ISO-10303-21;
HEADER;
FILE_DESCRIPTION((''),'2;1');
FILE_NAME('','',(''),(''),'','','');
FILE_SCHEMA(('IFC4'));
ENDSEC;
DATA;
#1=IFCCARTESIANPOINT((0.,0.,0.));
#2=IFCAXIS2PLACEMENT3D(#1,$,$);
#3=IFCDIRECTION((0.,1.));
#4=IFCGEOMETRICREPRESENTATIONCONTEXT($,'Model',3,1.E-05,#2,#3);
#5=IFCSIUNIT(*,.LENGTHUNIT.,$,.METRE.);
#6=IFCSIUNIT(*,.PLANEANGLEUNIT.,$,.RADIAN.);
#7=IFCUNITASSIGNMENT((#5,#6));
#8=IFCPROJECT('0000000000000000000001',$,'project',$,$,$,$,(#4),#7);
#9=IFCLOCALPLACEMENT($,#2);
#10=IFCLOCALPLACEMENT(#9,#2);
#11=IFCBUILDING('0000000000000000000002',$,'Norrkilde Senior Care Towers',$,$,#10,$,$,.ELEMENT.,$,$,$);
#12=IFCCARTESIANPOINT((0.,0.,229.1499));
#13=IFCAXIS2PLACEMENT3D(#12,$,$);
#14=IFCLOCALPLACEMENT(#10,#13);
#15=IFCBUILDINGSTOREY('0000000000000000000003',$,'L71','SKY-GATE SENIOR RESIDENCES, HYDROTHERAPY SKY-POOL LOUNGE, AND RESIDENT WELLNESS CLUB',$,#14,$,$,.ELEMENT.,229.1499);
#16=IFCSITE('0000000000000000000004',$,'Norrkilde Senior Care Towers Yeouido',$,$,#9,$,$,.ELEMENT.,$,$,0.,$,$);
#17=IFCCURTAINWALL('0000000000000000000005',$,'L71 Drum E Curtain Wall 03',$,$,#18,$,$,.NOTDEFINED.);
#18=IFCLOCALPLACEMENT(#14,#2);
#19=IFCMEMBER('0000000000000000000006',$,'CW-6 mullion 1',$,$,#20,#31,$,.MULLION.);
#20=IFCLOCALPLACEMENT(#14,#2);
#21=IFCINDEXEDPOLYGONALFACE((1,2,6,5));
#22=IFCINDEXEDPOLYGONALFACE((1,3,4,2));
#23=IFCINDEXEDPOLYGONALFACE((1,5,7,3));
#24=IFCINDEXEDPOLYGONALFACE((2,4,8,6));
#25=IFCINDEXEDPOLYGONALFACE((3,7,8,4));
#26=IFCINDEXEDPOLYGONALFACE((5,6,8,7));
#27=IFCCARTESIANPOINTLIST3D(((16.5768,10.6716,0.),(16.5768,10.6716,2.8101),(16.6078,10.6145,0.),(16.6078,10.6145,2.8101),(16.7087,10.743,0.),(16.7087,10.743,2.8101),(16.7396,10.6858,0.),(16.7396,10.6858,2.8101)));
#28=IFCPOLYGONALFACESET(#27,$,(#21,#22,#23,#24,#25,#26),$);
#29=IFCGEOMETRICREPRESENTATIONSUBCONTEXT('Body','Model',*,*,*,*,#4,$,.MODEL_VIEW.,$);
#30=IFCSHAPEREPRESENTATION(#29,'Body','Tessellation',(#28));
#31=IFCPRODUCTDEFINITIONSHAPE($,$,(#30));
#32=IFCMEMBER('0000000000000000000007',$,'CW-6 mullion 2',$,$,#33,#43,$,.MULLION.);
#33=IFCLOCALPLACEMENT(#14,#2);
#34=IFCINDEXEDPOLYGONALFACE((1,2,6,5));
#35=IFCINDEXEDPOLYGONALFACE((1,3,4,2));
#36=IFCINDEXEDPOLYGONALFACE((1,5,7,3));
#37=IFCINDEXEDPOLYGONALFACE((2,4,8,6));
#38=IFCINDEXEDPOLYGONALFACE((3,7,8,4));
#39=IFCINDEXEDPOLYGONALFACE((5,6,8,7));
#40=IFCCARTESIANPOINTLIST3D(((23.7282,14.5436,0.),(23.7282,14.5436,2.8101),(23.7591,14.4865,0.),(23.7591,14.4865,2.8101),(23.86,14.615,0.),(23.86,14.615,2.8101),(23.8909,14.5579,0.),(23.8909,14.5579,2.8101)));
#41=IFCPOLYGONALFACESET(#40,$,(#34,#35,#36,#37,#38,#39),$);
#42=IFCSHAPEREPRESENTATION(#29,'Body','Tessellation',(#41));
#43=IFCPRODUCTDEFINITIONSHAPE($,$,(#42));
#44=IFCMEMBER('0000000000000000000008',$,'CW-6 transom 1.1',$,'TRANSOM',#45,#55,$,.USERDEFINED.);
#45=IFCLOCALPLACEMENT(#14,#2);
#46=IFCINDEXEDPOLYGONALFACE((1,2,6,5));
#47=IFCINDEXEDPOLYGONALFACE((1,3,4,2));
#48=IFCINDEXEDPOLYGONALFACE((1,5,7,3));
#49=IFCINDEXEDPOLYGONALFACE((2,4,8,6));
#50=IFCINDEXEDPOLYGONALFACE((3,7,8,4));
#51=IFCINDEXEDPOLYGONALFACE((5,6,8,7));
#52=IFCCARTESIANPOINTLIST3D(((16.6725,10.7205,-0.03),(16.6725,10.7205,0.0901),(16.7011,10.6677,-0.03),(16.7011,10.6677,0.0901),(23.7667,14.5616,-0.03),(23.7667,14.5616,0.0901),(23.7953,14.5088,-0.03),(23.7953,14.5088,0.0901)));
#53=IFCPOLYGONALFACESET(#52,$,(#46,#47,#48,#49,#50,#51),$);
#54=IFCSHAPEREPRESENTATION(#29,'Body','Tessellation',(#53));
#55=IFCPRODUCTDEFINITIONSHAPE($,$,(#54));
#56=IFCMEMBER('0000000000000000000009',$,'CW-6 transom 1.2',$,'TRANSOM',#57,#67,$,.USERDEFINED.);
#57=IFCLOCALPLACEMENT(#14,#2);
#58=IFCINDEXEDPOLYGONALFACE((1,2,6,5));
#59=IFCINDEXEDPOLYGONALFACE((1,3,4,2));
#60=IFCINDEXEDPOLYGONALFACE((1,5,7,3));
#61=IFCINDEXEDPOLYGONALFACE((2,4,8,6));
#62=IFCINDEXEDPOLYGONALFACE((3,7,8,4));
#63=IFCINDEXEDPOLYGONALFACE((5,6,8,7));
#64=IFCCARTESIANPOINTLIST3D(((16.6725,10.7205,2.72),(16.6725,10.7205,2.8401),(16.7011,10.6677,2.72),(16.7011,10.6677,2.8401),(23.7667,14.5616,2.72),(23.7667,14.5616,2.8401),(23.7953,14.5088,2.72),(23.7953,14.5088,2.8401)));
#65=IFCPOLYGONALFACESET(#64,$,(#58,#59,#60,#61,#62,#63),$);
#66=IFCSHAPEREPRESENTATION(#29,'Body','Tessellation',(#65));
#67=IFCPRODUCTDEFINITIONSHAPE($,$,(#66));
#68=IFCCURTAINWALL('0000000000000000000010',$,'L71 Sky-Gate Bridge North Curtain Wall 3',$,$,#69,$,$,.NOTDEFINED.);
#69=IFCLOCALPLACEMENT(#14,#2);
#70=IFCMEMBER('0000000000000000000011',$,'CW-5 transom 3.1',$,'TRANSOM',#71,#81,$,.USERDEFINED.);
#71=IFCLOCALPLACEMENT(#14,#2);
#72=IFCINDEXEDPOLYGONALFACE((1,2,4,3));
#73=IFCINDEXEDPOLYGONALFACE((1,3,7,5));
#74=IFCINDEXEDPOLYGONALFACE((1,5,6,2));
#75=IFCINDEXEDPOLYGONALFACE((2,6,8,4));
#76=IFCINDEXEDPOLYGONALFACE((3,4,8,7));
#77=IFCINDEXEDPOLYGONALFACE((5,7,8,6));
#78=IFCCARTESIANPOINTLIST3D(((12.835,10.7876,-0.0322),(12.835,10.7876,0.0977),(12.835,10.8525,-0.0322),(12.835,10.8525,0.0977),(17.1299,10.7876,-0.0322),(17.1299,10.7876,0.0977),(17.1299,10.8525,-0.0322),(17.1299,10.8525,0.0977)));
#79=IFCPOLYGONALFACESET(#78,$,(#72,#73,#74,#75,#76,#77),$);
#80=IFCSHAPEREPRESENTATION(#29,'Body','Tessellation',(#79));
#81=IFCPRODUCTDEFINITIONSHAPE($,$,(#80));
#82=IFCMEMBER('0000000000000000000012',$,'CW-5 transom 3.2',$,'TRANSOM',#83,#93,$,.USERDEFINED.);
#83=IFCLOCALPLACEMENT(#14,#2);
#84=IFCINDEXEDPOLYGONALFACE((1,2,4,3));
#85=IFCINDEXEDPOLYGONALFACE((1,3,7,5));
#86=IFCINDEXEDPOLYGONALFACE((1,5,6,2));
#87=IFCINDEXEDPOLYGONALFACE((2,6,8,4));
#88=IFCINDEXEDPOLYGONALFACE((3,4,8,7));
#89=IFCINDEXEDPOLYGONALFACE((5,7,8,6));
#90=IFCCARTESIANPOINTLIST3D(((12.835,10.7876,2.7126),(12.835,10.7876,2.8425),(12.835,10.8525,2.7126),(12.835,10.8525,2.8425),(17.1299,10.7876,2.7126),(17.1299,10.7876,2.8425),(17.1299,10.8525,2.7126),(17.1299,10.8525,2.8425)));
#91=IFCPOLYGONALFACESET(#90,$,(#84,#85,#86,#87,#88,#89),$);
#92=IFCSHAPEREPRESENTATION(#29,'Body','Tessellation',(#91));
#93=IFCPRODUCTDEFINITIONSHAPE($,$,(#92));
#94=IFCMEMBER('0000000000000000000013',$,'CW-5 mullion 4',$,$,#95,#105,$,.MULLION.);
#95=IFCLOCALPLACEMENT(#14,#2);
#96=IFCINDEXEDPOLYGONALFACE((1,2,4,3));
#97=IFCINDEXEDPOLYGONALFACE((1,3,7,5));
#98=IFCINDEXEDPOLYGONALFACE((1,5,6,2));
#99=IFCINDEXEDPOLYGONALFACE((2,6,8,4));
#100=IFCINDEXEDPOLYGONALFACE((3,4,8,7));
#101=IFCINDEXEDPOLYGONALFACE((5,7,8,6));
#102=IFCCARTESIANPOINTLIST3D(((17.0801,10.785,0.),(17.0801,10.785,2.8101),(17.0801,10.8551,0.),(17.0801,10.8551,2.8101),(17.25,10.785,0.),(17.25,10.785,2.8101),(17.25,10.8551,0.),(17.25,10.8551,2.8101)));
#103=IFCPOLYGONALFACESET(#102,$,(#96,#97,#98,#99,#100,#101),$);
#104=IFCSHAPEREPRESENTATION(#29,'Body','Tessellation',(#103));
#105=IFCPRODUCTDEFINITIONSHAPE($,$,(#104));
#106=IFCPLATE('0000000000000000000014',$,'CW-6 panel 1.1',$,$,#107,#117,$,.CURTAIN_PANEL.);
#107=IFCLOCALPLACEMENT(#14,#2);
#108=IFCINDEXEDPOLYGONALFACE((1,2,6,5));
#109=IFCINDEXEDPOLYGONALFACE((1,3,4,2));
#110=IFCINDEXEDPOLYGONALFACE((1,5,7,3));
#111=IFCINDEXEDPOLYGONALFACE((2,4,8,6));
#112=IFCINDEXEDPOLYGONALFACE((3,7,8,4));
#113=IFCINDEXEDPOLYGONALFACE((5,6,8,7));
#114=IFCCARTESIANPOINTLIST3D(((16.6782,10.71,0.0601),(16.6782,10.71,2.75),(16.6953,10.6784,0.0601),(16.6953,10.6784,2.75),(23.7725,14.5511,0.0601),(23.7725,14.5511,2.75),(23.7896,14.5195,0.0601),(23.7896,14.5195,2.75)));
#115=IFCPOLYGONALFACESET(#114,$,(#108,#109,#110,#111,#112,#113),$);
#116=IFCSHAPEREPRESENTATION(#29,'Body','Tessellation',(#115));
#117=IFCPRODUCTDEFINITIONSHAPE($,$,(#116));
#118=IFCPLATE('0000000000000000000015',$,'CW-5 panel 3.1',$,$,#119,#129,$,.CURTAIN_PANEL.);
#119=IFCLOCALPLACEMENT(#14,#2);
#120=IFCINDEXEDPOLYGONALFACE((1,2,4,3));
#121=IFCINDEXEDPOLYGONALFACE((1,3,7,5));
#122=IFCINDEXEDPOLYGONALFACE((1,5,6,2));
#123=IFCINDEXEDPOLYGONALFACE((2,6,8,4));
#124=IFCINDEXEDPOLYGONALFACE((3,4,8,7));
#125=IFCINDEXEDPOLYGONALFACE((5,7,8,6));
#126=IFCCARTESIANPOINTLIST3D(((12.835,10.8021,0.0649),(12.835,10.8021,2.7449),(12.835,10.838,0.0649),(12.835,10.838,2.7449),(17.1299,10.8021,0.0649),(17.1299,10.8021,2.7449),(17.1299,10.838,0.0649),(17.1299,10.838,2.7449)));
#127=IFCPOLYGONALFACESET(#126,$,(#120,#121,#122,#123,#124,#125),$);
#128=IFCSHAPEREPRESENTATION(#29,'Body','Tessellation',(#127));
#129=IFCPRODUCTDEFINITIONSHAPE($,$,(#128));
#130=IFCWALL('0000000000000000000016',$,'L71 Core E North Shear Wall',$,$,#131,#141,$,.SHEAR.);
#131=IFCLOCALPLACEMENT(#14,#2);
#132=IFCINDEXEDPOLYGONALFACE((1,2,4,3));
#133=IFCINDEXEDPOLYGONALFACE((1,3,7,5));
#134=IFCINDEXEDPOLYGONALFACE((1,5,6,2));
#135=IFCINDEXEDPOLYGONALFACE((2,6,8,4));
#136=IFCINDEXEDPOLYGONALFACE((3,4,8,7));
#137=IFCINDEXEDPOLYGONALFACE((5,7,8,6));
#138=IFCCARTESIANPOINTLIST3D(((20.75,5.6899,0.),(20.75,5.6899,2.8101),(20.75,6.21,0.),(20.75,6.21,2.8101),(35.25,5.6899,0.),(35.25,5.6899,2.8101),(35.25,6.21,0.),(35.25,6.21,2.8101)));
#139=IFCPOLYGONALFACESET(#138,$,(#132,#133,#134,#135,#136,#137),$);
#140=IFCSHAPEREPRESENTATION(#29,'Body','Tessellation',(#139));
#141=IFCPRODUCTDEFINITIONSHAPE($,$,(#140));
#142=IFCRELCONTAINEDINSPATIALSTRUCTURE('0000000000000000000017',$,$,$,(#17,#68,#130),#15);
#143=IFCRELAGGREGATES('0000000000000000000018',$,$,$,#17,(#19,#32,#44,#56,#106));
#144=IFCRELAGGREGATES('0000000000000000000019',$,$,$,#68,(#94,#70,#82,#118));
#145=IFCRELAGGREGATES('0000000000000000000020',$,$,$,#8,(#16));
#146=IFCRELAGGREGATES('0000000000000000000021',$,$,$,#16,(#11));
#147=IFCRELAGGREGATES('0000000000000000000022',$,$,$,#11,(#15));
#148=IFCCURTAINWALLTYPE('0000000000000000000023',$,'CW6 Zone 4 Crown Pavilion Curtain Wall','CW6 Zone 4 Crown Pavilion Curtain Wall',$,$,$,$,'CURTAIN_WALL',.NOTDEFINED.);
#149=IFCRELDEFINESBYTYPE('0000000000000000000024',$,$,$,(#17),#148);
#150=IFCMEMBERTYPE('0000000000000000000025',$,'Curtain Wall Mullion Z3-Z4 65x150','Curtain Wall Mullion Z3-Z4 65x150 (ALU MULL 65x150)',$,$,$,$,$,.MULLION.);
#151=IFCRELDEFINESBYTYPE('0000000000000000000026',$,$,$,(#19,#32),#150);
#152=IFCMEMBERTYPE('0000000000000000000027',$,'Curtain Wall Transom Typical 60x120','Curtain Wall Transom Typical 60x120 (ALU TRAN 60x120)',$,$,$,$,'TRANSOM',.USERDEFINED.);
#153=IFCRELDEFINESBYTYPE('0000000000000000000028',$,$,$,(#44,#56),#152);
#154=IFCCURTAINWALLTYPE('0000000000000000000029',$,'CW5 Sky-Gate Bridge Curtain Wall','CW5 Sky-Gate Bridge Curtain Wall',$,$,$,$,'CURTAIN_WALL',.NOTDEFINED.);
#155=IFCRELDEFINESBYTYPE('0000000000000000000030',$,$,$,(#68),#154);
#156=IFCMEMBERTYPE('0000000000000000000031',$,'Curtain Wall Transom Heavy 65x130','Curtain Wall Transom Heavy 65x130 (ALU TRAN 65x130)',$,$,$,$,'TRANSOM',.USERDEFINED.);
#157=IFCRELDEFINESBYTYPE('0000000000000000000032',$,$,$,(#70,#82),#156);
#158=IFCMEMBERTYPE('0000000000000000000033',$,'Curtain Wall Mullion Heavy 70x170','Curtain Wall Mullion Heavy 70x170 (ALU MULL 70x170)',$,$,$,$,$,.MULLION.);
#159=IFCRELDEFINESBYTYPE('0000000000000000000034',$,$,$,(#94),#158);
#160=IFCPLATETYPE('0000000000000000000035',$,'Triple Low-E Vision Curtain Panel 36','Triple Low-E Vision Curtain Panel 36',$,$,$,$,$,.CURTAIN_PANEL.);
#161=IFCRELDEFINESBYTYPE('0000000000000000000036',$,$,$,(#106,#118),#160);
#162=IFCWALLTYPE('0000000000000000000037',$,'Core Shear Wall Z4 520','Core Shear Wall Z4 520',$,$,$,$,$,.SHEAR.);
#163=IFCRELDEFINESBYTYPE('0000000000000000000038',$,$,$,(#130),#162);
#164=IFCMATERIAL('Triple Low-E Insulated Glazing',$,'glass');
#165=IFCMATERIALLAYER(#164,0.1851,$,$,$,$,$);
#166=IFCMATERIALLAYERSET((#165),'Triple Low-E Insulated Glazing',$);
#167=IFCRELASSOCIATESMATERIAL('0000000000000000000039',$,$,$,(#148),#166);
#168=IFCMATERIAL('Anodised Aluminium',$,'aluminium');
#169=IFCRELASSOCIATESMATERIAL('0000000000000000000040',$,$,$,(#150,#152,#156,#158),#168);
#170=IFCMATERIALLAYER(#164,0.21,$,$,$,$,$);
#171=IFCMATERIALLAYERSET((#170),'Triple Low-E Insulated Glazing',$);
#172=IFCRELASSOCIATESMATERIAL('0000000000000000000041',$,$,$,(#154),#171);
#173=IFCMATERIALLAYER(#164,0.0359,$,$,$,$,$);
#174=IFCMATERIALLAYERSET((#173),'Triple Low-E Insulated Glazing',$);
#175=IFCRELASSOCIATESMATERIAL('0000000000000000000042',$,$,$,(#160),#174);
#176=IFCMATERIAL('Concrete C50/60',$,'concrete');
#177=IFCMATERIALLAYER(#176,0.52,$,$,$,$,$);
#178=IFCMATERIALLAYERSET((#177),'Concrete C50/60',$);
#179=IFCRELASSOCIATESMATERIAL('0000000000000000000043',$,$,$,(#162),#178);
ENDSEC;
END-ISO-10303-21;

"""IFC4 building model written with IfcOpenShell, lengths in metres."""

from ifc_helpers import new_model, si_unit, direction, frame, frame_2d, origin, origin_2d, place, context, subcontext, project, spatial, rectangle, extrude, source, transform, mapped, material, layer, layer_set, material_profile, profile_set, type_object, type_shapes, element, aggregate, save


model = new_model("IFC4")

# Units and contexts
model_context = context("Model", 3, precision=1e-05, world=origin(), true_north=direction((0.0, 1.0)))
body_context = subcontext(model_context, "Body", "Model", "MODEL_VIEW")
ifc_project = project(units=[si_unit("LENGTHUNIT", "METRE"), si_unit("PLANEANGLEUNIT", "RADIAN")], contexts=[model_context])

# Site, building, storey
site_placement = place(None, origin())
site = spatial("IfcSite", under=ifc_project, at=site_placement, Name="Norrkilde Senior Care Towers Yeouido", CompositionType="ELEMENT", RefElevation=0.0)
building_placement = place(site_placement, origin())
building = spatial("IfcBuilding", under=site, at=building_placement, Name="Norrkilde Senior Care Towers", CompositionType="ELEMENT")
storey_placement = place(building_placement, frame((0.0, 0.0, 229.1499)))
storey = spatial("IfcBuildingStorey", under=building, at=storey_placement, Name="L71", Description="SKY-GATE SENIOR RESIDENCES, HYDROTHERAPY SKY-POOL LOUNGE, AND RESIDENT WELLNESS CLUB", CompositionType="ELEMENT", Elevation=229.1499)

# Shared definitions
ifc_material_1 = material(Name="Concrete C50/60", Category="concrete")

# Curtain walls, members
ifc_material_2 = material(Name="Triple Low-E Insulated Glazing", Category="glass")
ifc_layer_1 = layer(ifc_material_2, 0.1851)
ifc_layer_set_1 = layer_set([ifc_layer_1], Name="Triple Low-E Insulated Glazing")
curtain_wall_type_1 = type_object("IfcCurtainWallType", Name="CW6 Zone 4 Crown Pavilion Curtain Wall", Description="CW6 Zone 4 Crown Pavilion Curtain Wall", ElementType="CURTAIN_WALL", PredefinedType="NOTDEFINED", material=ifc_layer_set_1)
curtain_wall_1_placement = place(storey_placement, origin())
curtain_wall_1 = element("IfcCurtainWall", 1, at=curtain_wall_1_placement, inside=storey, type_object=curtain_wall_type_1, Name="L71 Drum E Curtain Wall 03", PredefinedType="NOTDEFINED")
ifc_material_3 = material(Name="Anodised Aluminium", Category="aluminium")
ifc_material_profile_1 = material_profile(ifc_material_3, rectangle(XDim=0.0649, YDim=0.1499, at=origin_2d()), Name="ALU MULL 65x150")
ifc_profile_set_1 = profile_set([ifc_material_profile_1], Name="Anodised Aluminium")
member_type_1 = type_object("IfcMemberType", Name="Curtain Wall Mullion Z3-Z4 65x150", Description="Curtain Wall Mullion Z3-Z4 65x150 (ALU MULL 65x150)", PredefinedType="MULLION", material=ifc_profile_set_1)
shared_shape_1 = source(origin(), body_context, "Body", "SweptSolid", [
    extrude(rectangle(XDim=0.0649, YDim=0.1499, at=origin_2d()), origin(), (0.0, 0.0, 1.0), 2.8101),
])
type_shapes(member_type_1, [shared_shape_1])
member_1_placement = place(storey_placement, frame((16.6582, 10.6787, 0.0), z_axis=(0.0, 0.0, 1.0), x_axis=(-0.476133, 0.879373, 0.0)))
member_1 = element("IfcMember", 2, at=member_1_placement, type_object=member_type_1, Name="CW-6 mullion 1", PredefinedType="MULLION", context=body_context, shape_type="MappedRepresentation", body=[
    mapped(shared_shape_1, transform((0.0, 0.0, 0.0), x_axis=(1.0, 0.0, 0.0), y_axis=(0.0, 1.0, 0.0), z_axis=(0.0, 0.0, 1.0), scale=1.0)),
])
member_2_placement = place(storey_placement, frame((23.8096, 14.5508, 0.0), z_axis=(0.0, 0.0, 1.0), x_axis=(-0.476133, 0.879373, 0.0)))
member_2 = element("IfcMember", 3, at=member_2_placement, type_object=member_type_1, Name="CW-6 mullion 2", PredefinedType="MULLION", context=body_context, shape_type="MappedRepresentation", body=[
    mapped(shared_shape_1, transform((0.0, 0.0, 0.0), x_axis=(1.0, 0.0, 0.0), y_axis=(0.0, 1.0, 0.0), z_axis=(0.0, 0.0, 1.0), scale=1.0)),
])
ifc_material_profile_2 = material_profile(ifc_material_3, rectangle(XDim=0.0601, YDim=0.1201, at=origin_2d()), Name="ALU TRAN 60x120")
ifc_profile_set_2 = profile_set([ifc_material_profile_2], Name="Anodised Aluminium")
member_type_2 = type_object("IfcMemberType", Name="Curtain Wall Transom Typical 60x120", Description="Curtain Wall Transom Typical 60x120 (ALU TRAN 60x120)", ElementType="TRANSOM", PredefinedType="USERDEFINED", material=ifc_profile_set_2)
shared_shape_2 = source(origin(), body_context, "Body", "SweptSolid", [
    extrude(rectangle(XDim=0.0601, YDim=0.1201, at=origin_2d()), origin(), (0.0, 0.0, 1.0), 8.0674),
])
type_shapes(member_type_2, [shared_shape_2])
member_3_placement = place(storey_placement, frame((16.6868, 10.6941, 0.03), z_axis=(0.879378, 0.476125, 0.0), x_axis=(-0.476125, 0.879378, 0.0)))
member_3 = element("IfcMember", 4, at=member_3_placement, type_object=member_type_2, Name="CW-6 transom 1.1", ObjectType="TRANSOM", PredefinedType="USERDEFINED", context=body_context, shape_type="MappedRepresentation", body=[
    mapped(shared_shape_2, transform((0.0, 0.0, 0.0), x_axis=(1.0, 0.0, 0.0), y_axis=(0.0, 1.0, 0.0), z_axis=(0.0, 0.0, 1.0), scale=1.0)),
])
member_4_placement = place(storey_placement, frame((16.6868, 10.6941, 2.78), z_axis=(0.879378, 0.476125, 0.0), x_axis=(-0.476125, 0.879378, 0.0)))
member_4 = element("IfcMember", 5, at=member_4_placement, type_object=member_type_2, Name="CW-6 transom 1.2", ObjectType="TRANSOM", PredefinedType="USERDEFINED", context=body_context, shape_type="MappedRepresentation", body=[
    mapped(shared_shape_2, transform((0.0, 0.0, 0.0), x_axis=(1.0, 0.0, 0.0), y_axis=(0.0, 1.0, 0.0), z_axis=(0.0, 0.0, 1.0), scale=1.0)),
])
ifc_layer_2 = layer(ifc_material_2, 0.21)
ifc_layer_set_2 = layer_set([ifc_layer_2], Name="Triple Low-E Insulated Glazing")
curtain_wall_type_2 = type_object("IfcCurtainWallType", Name="CW5 Sky-Gate Bridge Curtain Wall", Description="CW5 Sky-Gate Bridge Curtain Wall", ElementType="CURTAIN_WALL", PredefinedType="NOTDEFINED", material=ifc_layer_set_2)
curtain_wall_2_placement = place(storey_placement, origin())
curtain_wall_2 = element("IfcCurtainWall", 6, at=curtain_wall_2_placement, inside=storey, type_object=curtain_wall_type_2, Name="L71 Sky-Gate Bridge North Curtain Wall 3", PredefinedType="NOTDEFINED")
ifc_material_profile_3 = material_profile(ifc_material_3, rectangle(XDim=0.0649, YDim=0.1299, at=origin_2d()), Name="ALU TRAN 65x130")
ifc_profile_set_3 = profile_set([ifc_material_profile_3], Name="Anodised Aluminium")
member_type_3 = type_object("IfcMemberType", Name="Curtain Wall Transom Heavy 65x130", Description="Curtain Wall Transom Heavy 65x130 (ALU TRAN 65x130)", ElementType="TRANSOM", PredefinedType="USERDEFINED", material=ifc_profile_set_3)
shared_shape_3 = source(origin(), body_context, "Body", "SweptSolid", [
    extrude(rectangle(XDim=0.0649, YDim=0.1299, at=origin_2d()), origin(), (0.0, 0.0, 1.0), 4.2949),
])
type_shapes(member_type_3, [shared_shape_3])
member_5_placement = place(storey_placement, frame((12.835, 10.8201, 0.0327), z_axis=(1.0, 0.0, 0.0), x_axis=(0.0, 1.0, 0.0)))
member_5 = element("IfcMember", 7, at=member_5_placement, type_object=member_type_3, Name="CW-5 transom 3.1", ObjectType="TRANSOM", PredefinedType="USERDEFINED", context=body_context, shape_type="MappedRepresentation", body=[
    mapped(shared_shape_3, transform((0.0, 0.0, 0.0), x_axis=(1.0, 0.0, 0.0), y_axis=(0.0, 1.0, 0.0), z_axis=(0.0, 0.0, 1.0), scale=1.0)),
])
member_6_placement = place(storey_placement, frame((12.835, 10.8201, 2.7776), z_axis=(1.0, 0.0, 0.0), x_axis=(0.0, 1.0, 0.0)))
member_6 = element("IfcMember", 8, at=member_6_placement, type_object=member_type_3, Name="CW-5 transom 3.2", ObjectType="TRANSOM", PredefinedType="USERDEFINED", context=body_context, shape_type="MappedRepresentation", body=[
    mapped(shared_shape_3, transform((0.0, 0.0, 0.0), x_axis=(1.0, 0.0, 0.0), y_axis=(0.0, 1.0, 0.0), z_axis=(0.0, 0.0, 1.0), scale=1.0)),
])
ifc_material_profile_4 = material_profile(ifc_material_3, rectangle(XDim=0.0701, YDim=0.1699, at=origin_2d()), Name="ALU MULL 70x170")
ifc_profile_set_4 = profile_set([ifc_material_profile_4], Name="Anodised Aluminium")
member_type_4 = type_object("IfcMemberType", Name="Curtain Wall Mullion Heavy 70x170", Description="Curtain Wall Mullion Heavy 70x170 (ALU MULL 70x170)", PredefinedType="MULLION", material=ifc_profile_set_4)
shared_shape_4 = source(origin(), body_context, "Body", "SweptSolid", [
    extrude(rectangle(XDim=0.0701, YDim=0.1699, at=origin_2d()), origin(), (0.0, 0.0, 1.0), 2.8101),
])
type_shapes(member_type_4, [shared_shape_4])
member_7_placement = place(storey_placement, frame((17.165, 10.8201, 0.0), z_axis=(0.0, 0.0, 1.0), x_axis=(0.0, 1.0, 0.0)))
member_7 = element("IfcMember", 9, at=member_7_placement, type_object=member_type_4, Name="CW-5 mullion 4", PredefinedType="MULLION", context=body_context, shape_type="MappedRepresentation", body=[
    mapped(shared_shape_4, transform((0.0, 0.0, 0.0), x_axis=(1.0, 0.0, 0.0), y_axis=(0.0, 1.0, 0.0), z_axis=(0.0, 0.0, 1.0), scale=1.0)),
])

# Plates
ifc_layer_3 = layer(ifc_material_2, 0.0359)
ifc_layer_set_3 = layer_set([ifc_layer_3], Name="Triple Low-E Insulated Glazing")
plate_type = type_object("IfcPlateType", Name="Triple Low-E Vision Curtain Panel 36", Description="Triple Low-E Vision Curtain Panel 36", PredefinedType="CURTAIN_PANEL", material=ifc_layer_set_3)
shared_shape_5 = source(origin(), body_context, "Body", "SweptSolid", [
    extrude(rectangle(XDim=8.0674, YDim=0.0359, at=origin_2d()), origin(), (0.0, 0.0, 1.0), 2.6899),
])
plate_1_placement = place(storey_placement, frame((20.2339, 12.6147, 0.0601), z_axis=(0.0, 0.0, 1.0), x_axis=(0.879373, 0.476133, 0.0)))
plate_1 = element("IfcPlate", 10, at=plate_1_placement, type_object=plate_type, Name="CW-6 panel 1.1", PredefinedType="CURTAIN_PANEL", context=body_context, shape_type="MappedRepresentation", body=[
    mapped(shared_shape_5, transform((0.0, 0.0, 0.0), x_axis=(1.0, 0.0, 0.0), y_axis=(0.0, 1.0, 0.0), z_axis=(0.0, 0.0, 1.0), scale=1.0)),
])
aggregate(curtain_wall_1, [member_1, member_2, member_3, member_4, plate_1])
shared_shape_6 = source(origin(), body_context, "Body", "SweptSolid", [
    extrude(rectangle(XDim=4.2949, YDim=0.0359, at=origin_2d()), origin(), (0.0, 0.0, 1.0), 2.6799),
])
type_shapes(plate_type, [shared_shape_5, shared_shape_6])
plate_2_placement = place(storey_placement, frame((14.9824, 10.8201, 0.0649), z_axis=(0.0, 0.0, 1.0), x_axis=(1.0, 0.0, 0.0)))
plate_2 = element("IfcPlate", 11, at=plate_2_placement, type_object=plate_type, Name="CW-5 panel 3.1", PredefinedType="CURTAIN_PANEL", context=body_context, shape_type="MappedRepresentation", body=[
    mapped(shared_shape_6, transform((0.0, 0.0, 0.0), x_axis=(1.0, 0.0, 0.0), y_axis=(0.0, 1.0, 0.0), z_axis=(0.0, 0.0, 1.0), scale=1.0)),
])
aggregate(curtain_wall_2, [member_7, member_5, member_6, plate_2])

# Wall
ifc_layer_4 = layer(ifc_material_1, 0.52)
ifc_layer_set_4 = layer_set([ifc_layer_4], Name="Concrete C50/60")
wall_type_1 = type_object("IfcWallType", Name="Core Shear Wall Z4 520", Description="Core Shear Wall Z4 520", PredefinedType="SHEAR", material=ifc_layer_set_4)
shared_shape_7 = source(origin(), body_context, "Body", "SweptSolid", [
    extrude(rectangle(XDim=14.5, YDim=0.52, at=frame_2d((7.25, 0.0))), origin(), (0.0, 0.0, 1.0), 2.8101),
])
type_shapes(wall_type_1, [shared_shape_7])
wall_1_placement = place(storey_placement, frame((20.75, 5.95, 0.0), z_axis=(0.0, 0.0, 1.0), x_axis=(1.0, 0.0, 0.0)))
element("IfcWall", 12, at=wall_1_placement, inside=storey, type_object=wall_type_1, Name="L71 Core E North Shear Wall", PredefinedType="SHEAR", context=body_context, shape_type="MappedRepresentation", body=[
    mapped(shared_shape_7, transform((0.0, 0.0, 0.0), x_axis=(1.0, 0.0, 0.0), y_axis=(0.0, 1.0, 0.0), z_axis=(0.0, 0.0, 1.0), scale=1.0)),
])

save(model, "model.ifc")
